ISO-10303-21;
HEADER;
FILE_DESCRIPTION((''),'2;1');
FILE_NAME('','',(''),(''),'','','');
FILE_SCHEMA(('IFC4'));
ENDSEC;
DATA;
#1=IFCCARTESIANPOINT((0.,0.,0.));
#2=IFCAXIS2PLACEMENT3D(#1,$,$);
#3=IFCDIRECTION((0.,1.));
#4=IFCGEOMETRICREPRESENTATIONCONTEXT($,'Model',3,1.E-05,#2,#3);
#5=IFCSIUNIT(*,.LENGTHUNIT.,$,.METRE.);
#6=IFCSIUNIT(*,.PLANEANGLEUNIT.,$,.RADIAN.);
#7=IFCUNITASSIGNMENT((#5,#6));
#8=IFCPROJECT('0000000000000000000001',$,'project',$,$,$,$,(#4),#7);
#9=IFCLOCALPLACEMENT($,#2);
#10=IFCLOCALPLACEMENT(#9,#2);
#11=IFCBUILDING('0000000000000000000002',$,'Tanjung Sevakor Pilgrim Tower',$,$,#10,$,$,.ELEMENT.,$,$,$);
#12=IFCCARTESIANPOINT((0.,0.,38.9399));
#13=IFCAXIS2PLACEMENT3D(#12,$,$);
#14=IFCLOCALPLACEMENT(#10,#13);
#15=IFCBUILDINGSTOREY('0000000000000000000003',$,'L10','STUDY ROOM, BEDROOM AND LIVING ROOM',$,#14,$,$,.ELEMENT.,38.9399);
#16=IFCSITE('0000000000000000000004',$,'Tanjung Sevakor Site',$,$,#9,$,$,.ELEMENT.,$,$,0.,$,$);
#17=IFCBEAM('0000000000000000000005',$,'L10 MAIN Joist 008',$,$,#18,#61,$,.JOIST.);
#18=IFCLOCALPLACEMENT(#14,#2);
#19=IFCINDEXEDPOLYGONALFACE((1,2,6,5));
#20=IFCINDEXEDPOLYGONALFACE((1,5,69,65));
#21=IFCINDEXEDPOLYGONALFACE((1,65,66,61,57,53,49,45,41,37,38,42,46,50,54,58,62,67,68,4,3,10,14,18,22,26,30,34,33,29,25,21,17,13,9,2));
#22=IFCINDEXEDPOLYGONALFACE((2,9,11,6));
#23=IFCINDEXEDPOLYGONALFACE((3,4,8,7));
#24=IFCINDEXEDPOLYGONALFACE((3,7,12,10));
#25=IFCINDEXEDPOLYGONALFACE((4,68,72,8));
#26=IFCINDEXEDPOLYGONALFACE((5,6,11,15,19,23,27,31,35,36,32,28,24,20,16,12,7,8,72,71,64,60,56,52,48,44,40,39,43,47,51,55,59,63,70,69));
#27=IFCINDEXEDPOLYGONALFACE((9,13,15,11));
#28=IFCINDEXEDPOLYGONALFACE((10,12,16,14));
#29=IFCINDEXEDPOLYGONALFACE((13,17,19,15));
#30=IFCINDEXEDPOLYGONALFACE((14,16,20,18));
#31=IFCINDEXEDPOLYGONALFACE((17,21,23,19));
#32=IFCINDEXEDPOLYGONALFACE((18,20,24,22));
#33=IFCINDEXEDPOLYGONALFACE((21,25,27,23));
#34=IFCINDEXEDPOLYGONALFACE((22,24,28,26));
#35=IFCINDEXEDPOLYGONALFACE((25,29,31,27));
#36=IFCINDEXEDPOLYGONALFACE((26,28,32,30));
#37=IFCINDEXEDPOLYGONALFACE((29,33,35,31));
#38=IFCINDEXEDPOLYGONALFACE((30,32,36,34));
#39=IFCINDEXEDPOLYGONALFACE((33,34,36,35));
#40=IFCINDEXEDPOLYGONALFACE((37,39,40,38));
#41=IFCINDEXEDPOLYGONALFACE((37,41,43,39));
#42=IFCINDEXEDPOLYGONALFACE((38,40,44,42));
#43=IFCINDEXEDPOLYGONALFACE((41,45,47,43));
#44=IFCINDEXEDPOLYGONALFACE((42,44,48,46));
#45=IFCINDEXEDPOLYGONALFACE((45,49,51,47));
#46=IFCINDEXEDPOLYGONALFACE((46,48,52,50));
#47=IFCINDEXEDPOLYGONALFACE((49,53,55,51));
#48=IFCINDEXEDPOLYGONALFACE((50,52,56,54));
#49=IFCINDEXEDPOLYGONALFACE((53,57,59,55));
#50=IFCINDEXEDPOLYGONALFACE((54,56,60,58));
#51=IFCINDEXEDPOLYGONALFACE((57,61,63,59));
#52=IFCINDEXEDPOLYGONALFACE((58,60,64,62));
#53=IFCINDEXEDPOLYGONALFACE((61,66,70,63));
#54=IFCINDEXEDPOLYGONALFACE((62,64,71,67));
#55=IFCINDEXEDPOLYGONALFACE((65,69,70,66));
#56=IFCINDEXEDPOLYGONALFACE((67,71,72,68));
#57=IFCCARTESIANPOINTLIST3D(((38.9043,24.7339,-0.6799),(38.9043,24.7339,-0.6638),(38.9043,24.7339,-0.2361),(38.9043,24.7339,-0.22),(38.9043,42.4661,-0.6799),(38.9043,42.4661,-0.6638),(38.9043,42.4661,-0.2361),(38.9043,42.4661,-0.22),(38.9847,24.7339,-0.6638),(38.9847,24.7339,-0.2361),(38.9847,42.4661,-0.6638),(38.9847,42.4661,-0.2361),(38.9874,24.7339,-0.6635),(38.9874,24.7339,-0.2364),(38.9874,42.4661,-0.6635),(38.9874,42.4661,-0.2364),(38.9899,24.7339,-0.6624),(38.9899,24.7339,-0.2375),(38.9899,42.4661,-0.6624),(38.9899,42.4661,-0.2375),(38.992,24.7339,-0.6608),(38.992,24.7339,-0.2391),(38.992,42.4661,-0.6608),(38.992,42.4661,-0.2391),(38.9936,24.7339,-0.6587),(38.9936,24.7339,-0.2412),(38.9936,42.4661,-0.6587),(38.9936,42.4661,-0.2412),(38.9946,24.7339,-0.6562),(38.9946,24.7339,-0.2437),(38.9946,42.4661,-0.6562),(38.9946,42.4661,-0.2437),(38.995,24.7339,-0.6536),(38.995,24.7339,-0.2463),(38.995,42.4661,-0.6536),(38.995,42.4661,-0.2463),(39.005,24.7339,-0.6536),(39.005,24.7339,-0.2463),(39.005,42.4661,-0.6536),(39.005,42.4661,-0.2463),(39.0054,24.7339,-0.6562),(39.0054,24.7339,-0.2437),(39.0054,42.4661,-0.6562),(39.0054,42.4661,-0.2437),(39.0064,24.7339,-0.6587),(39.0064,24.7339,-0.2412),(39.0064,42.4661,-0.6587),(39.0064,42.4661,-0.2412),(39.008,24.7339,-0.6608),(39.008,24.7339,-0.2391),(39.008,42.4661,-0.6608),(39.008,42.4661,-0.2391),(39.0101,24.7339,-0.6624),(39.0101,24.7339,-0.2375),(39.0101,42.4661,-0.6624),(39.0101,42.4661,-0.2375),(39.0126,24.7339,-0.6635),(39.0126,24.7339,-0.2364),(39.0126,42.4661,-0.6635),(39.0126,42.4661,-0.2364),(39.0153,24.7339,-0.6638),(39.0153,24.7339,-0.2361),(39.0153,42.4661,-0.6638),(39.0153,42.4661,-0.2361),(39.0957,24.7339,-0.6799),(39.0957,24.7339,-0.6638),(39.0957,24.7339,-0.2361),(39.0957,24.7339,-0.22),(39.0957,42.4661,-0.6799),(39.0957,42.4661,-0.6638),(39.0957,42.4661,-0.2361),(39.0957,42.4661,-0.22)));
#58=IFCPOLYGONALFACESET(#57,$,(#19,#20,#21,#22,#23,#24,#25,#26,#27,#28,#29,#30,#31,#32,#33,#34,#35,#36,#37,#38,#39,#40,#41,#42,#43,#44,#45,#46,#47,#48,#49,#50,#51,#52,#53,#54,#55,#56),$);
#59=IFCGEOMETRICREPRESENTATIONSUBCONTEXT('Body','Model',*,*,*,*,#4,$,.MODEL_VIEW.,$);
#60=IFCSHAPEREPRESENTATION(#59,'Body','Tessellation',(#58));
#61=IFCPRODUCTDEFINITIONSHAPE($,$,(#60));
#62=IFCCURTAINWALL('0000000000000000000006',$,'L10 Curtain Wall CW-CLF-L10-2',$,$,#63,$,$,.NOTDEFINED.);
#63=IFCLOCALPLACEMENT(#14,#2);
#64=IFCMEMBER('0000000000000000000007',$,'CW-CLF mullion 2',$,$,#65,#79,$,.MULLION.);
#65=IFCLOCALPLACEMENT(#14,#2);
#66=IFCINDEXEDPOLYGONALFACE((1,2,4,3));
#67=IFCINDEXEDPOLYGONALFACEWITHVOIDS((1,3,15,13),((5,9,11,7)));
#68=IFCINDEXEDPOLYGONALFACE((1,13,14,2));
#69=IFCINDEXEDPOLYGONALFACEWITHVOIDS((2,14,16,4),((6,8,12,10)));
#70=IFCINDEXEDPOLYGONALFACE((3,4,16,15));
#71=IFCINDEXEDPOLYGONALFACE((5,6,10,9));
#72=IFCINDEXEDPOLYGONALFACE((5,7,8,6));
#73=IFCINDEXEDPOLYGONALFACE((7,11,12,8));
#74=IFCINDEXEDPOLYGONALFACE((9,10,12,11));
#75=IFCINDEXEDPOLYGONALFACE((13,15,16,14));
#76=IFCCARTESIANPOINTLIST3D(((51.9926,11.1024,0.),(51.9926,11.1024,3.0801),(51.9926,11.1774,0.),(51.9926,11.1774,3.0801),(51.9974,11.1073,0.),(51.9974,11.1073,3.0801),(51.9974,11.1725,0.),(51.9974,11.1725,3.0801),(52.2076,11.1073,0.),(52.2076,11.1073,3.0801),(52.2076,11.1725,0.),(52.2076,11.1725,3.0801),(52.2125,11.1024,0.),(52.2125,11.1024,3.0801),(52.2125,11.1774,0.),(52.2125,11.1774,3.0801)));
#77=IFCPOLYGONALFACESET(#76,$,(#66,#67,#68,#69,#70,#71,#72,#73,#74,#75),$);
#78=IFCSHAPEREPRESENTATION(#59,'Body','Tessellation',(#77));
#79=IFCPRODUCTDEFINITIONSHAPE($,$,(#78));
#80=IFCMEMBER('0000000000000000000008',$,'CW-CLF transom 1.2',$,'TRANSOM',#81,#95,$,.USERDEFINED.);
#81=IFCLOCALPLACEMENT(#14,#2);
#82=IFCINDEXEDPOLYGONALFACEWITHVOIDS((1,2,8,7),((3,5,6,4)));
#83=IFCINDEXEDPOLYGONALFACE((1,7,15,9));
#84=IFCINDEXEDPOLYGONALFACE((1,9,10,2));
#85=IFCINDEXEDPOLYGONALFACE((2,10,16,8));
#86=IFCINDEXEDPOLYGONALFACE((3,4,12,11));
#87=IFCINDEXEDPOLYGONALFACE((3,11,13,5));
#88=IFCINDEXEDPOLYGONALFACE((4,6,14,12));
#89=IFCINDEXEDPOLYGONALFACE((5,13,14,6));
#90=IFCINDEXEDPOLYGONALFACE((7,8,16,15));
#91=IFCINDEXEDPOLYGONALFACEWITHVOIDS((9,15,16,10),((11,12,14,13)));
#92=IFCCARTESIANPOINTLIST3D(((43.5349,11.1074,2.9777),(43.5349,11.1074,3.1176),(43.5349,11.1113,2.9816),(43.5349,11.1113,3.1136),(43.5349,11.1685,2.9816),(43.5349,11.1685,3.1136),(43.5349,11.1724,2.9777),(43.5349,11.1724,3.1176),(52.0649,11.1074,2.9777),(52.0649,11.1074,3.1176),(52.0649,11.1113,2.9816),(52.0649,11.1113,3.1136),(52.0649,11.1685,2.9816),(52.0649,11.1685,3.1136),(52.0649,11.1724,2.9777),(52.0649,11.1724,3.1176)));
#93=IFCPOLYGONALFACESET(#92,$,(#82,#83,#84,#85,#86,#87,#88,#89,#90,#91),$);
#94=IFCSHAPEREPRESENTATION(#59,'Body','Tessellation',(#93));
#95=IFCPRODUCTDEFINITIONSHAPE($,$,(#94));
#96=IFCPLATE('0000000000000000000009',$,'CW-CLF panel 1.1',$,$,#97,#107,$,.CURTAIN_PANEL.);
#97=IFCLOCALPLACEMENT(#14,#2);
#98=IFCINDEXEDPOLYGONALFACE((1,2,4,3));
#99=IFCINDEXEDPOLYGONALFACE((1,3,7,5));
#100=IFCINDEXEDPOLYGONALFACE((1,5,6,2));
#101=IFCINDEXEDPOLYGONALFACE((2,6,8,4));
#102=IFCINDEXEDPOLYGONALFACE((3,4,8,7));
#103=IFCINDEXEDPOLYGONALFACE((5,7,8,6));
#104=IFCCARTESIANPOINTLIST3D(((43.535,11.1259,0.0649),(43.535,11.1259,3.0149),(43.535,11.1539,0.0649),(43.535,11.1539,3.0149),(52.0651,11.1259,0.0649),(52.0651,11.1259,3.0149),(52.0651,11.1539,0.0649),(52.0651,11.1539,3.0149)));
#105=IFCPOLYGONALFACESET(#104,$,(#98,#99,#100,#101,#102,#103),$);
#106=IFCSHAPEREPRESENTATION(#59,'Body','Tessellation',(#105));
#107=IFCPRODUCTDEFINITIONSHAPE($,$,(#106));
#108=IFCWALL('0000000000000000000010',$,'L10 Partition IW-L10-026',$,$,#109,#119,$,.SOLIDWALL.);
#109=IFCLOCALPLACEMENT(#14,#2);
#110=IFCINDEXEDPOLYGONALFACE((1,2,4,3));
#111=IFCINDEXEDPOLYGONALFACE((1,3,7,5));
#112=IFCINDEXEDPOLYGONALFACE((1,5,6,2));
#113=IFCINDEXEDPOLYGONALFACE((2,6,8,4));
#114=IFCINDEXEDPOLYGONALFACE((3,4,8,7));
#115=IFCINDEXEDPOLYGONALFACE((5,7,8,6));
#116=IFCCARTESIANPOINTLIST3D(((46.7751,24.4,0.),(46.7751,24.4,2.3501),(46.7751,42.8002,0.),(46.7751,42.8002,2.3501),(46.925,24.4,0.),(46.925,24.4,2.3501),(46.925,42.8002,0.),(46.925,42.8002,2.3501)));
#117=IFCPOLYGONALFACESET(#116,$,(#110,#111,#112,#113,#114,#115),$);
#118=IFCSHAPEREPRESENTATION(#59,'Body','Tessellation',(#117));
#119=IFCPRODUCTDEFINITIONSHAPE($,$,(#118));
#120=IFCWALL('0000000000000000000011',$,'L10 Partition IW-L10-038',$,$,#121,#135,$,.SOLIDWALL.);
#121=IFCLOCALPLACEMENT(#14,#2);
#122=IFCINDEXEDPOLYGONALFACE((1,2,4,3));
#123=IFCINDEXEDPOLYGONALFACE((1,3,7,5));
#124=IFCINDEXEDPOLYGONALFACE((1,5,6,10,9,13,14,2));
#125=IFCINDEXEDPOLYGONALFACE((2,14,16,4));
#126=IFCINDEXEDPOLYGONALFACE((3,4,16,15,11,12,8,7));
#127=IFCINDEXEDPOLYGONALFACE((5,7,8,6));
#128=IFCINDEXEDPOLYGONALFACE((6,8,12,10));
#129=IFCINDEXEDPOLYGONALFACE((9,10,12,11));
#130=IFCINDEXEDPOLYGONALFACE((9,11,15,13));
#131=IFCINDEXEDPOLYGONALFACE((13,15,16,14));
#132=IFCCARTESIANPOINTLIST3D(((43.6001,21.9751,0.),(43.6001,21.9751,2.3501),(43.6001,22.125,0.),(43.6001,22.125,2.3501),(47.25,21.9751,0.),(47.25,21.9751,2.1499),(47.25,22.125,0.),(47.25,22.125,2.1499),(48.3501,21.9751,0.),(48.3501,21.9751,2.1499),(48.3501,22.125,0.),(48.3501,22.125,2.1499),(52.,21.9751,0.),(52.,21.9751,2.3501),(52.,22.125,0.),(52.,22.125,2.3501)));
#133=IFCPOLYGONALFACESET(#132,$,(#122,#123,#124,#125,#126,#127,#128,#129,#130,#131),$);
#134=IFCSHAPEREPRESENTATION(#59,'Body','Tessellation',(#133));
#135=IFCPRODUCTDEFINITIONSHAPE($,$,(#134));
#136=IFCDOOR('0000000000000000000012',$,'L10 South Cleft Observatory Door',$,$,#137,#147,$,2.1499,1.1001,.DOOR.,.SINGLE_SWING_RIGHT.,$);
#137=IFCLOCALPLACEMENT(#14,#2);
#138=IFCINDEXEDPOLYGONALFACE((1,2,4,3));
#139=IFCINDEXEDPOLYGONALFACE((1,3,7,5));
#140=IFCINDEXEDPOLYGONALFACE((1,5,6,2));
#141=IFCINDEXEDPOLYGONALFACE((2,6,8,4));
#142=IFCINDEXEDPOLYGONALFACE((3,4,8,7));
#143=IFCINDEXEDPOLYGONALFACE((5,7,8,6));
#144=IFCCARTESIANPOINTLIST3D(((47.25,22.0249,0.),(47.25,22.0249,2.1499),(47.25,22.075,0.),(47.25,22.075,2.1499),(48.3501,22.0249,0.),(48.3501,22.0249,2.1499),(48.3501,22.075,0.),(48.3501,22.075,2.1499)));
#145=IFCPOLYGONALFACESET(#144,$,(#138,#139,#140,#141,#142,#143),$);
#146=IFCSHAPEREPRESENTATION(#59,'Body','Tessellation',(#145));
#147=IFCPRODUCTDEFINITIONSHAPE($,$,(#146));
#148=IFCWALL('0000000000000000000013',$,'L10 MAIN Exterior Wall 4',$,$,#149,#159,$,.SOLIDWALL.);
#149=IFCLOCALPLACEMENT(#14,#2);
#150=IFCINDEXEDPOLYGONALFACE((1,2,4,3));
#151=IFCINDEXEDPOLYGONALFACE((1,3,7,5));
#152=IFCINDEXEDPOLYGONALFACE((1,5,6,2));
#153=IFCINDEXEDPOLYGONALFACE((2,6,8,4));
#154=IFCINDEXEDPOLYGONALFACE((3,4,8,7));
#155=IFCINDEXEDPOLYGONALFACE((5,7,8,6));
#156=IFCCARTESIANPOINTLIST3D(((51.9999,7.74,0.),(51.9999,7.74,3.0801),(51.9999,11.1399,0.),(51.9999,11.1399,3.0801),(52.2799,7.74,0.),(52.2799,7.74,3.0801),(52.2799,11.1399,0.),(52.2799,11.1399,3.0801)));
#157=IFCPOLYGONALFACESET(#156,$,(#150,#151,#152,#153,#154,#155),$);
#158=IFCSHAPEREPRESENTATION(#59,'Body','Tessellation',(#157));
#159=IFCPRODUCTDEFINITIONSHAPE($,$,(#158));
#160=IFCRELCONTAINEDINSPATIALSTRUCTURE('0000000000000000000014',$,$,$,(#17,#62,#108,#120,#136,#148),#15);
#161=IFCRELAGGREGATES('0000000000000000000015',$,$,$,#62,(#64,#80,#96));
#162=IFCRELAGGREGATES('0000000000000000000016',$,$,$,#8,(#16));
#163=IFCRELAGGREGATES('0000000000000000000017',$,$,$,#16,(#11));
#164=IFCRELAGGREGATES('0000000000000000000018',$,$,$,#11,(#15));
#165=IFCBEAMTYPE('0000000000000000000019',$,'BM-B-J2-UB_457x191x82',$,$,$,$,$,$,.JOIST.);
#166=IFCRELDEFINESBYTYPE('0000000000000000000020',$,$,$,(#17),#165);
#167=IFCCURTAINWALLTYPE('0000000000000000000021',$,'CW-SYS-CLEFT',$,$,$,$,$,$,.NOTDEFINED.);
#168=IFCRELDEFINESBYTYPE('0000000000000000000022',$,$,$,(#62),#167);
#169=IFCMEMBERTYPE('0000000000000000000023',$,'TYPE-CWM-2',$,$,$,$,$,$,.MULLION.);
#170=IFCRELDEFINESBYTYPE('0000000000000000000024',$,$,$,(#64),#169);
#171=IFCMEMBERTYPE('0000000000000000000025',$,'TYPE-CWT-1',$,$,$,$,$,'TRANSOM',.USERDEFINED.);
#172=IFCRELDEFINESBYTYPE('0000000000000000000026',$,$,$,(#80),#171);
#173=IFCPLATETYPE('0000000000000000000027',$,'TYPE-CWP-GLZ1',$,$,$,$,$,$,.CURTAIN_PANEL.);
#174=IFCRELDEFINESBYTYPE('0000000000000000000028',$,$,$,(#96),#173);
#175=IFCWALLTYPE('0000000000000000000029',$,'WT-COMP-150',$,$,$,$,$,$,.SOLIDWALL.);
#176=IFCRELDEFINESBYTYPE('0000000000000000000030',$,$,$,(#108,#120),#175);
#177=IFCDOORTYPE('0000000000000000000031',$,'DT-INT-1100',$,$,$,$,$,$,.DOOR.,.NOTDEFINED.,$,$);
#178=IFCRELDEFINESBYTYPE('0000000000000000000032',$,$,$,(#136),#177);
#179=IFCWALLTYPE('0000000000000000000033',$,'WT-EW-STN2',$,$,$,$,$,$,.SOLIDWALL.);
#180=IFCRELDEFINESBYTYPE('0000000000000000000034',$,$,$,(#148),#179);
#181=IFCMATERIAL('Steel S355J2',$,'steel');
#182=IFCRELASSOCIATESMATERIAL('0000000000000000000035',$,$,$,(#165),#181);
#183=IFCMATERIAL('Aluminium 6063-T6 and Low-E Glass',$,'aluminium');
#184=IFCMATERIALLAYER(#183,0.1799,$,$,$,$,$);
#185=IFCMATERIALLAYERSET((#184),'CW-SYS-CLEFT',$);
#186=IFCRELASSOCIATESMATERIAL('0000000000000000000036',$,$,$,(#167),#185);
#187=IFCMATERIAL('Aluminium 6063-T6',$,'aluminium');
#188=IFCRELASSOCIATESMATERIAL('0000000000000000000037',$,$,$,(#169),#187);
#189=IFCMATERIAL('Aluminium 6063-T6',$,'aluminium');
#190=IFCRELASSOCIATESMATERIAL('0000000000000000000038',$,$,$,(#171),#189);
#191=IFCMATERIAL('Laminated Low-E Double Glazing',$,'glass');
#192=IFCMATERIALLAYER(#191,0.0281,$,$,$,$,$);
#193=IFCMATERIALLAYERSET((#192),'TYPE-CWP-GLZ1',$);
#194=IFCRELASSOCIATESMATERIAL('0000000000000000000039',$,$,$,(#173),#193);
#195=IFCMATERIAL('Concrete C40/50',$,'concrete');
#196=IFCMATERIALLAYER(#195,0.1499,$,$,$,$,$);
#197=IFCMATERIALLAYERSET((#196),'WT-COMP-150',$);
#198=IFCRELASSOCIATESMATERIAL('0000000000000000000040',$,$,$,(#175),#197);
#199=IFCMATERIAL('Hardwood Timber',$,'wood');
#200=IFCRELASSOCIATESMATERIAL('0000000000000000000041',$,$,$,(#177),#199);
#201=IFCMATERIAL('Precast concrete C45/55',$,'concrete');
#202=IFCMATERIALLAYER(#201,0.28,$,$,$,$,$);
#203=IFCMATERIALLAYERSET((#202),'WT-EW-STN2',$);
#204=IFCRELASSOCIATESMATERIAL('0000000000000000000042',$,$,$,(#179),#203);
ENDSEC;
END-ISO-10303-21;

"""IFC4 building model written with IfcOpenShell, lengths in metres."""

from ifc_helpers import new_model, si_unit, direction, frame, frame_2d, origin, origin_2d, place, context, subcontext, project, spatial, rectangle, hollow_rectangle, i_section, extrude, material, layer, layer_set, material_profile, profile_set, type_object, element, fill, aggregate, save


model = new_model("IFC4")

# Units and contexts
model_context = context("Model", 3, precision=1e-05, world=origin(), true_north=direction((0.0, 1.0)))
body_context = subcontext(model_context, "Body", "Model", "MODEL_VIEW")
ifc_project = project(units=[si_unit("LENGTHUNIT", "METRE"), si_unit("PLANEANGLEUNIT", "RADIAN")], contexts=[model_context])

# Site, building, storey
site_placement = place(None, origin())
site = spatial("IfcSite", under=ifc_project, at=site_placement, Name="Tanjung Sevakor Site", CompositionType="ELEMENT", RefElevation=0.0)
building_placement = place(site_placement, origin())
building = spatial("IfcBuilding", under=site, at=building_placement, Name="Tanjung Sevakor Pilgrim Tower", CompositionType="ELEMENT")
storey_placement = place(building_placement, frame((0.0, 0.0, 38.9399)))
storey = spatial("IfcBuildingStorey", under=building, at=storey_placement, Name="L10", Description="STUDY ROOM, BEDROOM AND LIVING ROOM", CompositionType="ELEMENT", Elevation=38.9399)

# Beam
ifc_material_1 = material(Name="Steel S355J2", Category="steel")
ifc_material_profile_1 = material_profile(ifc_material_1, i_section(OverallWidth=0.1914, OverallDepth=0.46, WebThickness=0.01, FlangeThickness=0.0161, FilletRadius=0.0103, at=origin_2d()))
ifc_profile_set_1 = profile_set([ifc_material_profile_1], Name="Steel S355J2")
beam_type_1 = type_object("IfcBeamType", Name="BM-B-J2-UB_457x191x82", PredefinedType="JOIST", material=ifc_profile_set_1)
beam_1_placement = place(storey_placement, frame((39.0, 24.7339, -0.45), z_axis=(0.0, 1.0, 0.0), x_axis=(-1.0, 0.0, 0.0)))
element("IfcBeam", 1, at=beam_1_placement, inside=storey, type_object=beam_type_1, Name="L10 MAIN Joist 008", PredefinedType="JOIST", context=body_context, shape_type="SweptSolid", body=[
    extrude(i_section(OverallWidth=0.1914, OverallDepth=0.46, WebThickness=0.01, FlangeThickness=0.0161, FilletRadius=0.0103, at=origin_2d()), origin(), (0.0, 0.0, 1.0), 17.7322),
])

# Curtain wall, members, plate
ifc_material_2 = material(Name="Aluminium 6063-T6 and Low-E Glass", Category="aluminium")
ifc_layer_1 = layer(ifc_material_2, 0.1799)
ifc_layer_set_1 = layer_set([ifc_layer_1], Name="CW-SYS-CLEFT")
curtain_wall_type = type_object("IfcCurtainWallType", Name="CW-SYS-CLEFT", PredefinedType="NOTDEFINED", material=ifc_layer_set_1)
curtain_wall_placement = place(storey_placement, origin())
curtain_wall = element("IfcCurtainWall", 2, at=curtain_wall_placement, inside=storey, type_object=curtain_wall_type, Name="L10 Curtain Wall CW-CLF-L10-2", PredefinedType="NOTDEFINED")
ifc_material_3 = material(Name="Aluminium 6063-T6", Category="aluminium")
ifc_material_profile_2 = material_profile(ifc_material_3, hollow_rectangle(XDim=0.075, YDim=0.22, WallThickness=0.0049, at=origin_2d()))
ifc_profile_set_2 = profile_set([ifc_material_profile_2], Name="Aluminium 6063-T6")
member_type_1 = type_object("IfcMemberType", Name="TYPE-CWM-2", PredefinedType="MULLION", material=ifc_profile_set_2)
member_1_placement = place(storey_placement, frame((52.1025, 11.1399, 0.0), z_axis=(0.0, 0.0, 1.0), x_axis=(0.0, 1.0, 0.0)))
member_1 = element("IfcMember", 3, at=member_1_placement, type_object=member_type_1, Name="CW-CLF mullion 2", PredefinedType="MULLION", context=body_context, shape_type="SweptSolid", body=[
    extrude(hollow_rectangle(XDim=0.075, YDim=0.22, WallThickness=0.0049, at=origin_2d()), origin(), (0.0, 0.0, 1.0), 3.0801),
])
ifc_material_4 = material(Name="Aluminium 6063-T6", Category="aluminium")
ifc_material_profile_3 = material_profile(ifc_material_4, hollow_rectangle(XDim=0.0649, YDim=0.1399, WallThickness=0.0039, at=origin_2d()))
ifc_profile_set_3 = profile_set([ifc_material_profile_3], Name="Aluminium 6063-T6")
member_type_2 = type_object("IfcMemberType", Name="TYPE-CWT-1", ElementType="TRANSOM", PredefinedType="USERDEFINED", material=ifc_profile_set_3)
member_2_placement = place(storey_placement, frame((43.5349, 11.1399, 3.0476), z_axis=(1.0, 0.0, 0.0), x_axis=(0.0, 1.0, 0.0)))
member_2 = element("IfcMember", 4, at=member_2_placement, type_object=member_type_2, Name="CW-CLF transom 1.2", ObjectType="TRANSOM", PredefinedType="USERDEFINED", context=body_context, shape_type="SweptSolid", body=[
    extrude(hollow_rectangle(XDim=0.0649, YDim=0.1399, WallThickness=0.0039, at=origin_2d()), origin(), (0.0, 0.0, 1.0), 8.53),
])
ifc_material_5 = material(Name="Laminated Low-E Double Glazing", Category="glass")
ifc_layer_2 = layer(ifc_material_5, 0.0281)
ifc_layer_set_2 = layer_set([ifc_layer_2], Name="TYPE-CWP-GLZ1")
plate_type = type_object("IfcPlateType", Name="TYPE-CWP-GLZ1", PredefinedType="CURTAIN_PANEL", material=ifc_layer_set_2)
plate_placement = place(storey_placement, frame((47.8, 11.1399, 0.0649), z_axis=(0.0, 0.0, 1.0), x_axis=(1.0, 0.0, 0.0)))
plate = element("IfcPlate", 5, at=plate_placement, type_object=plate_type, Name="CW-CLF panel 1.1", PredefinedType="CURTAIN_PANEL", context=body_context, shape_type="SweptSolid", body=[
    extrude(rectangle(XDim=8.53, YDim=0.0281, at=origin_2d()), origin(), (0.0, 0.0, 1.0), 2.95),
])
aggregate(curtain_wall, [member_1, member_2, plate])

# Wall
ifc_material_6 = material(Name="Concrete C40/50", Category="concrete")
ifc_layer_3 = layer(ifc_material_6, 0.1499)
ifc_layer_set_3 = layer_set([ifc_layer_3], Name="WT-COMP-150")
wall_type_1 = type_object("IfcWallType", Name="WT-COMP-150", PredefinedType="SOLIDWALL", material=ifc_layer_set_3)
wall_1_placement = place(storey_placement, frame((46.8501, 24.3999, 0.0), z_axis=(0.0, 0.0, 1.0), x_axis=(0.0, 1.0, 0.0)))
element("IfcWall", 6, at=wall_1_placement, inside=storey, type_object=wall_type_1, Name="L10 Partition IW-L10-026", PredefinedType="SOLIDWALL", context=body_context, shape_type="SweptSolid", body=[
    extrude(rectangle(XDim=18.4001, YDim=0.1499, at=frame_2d((9.2002, 0.0))), origin(), (0.0, 0.0, 1.0), 2.3501),
])

# Wall, opening, door
wall_2_placement = place(storey_placement, frame((43.6001, 22.05, 0.0), z_axis=(0.0, 0.0, 1.0), x_axis=(1.0, 0.0, 0.0)))
wall_2 = element("IfcWall", 7, at=wall_2_placement, inside=storey, type_object=wall_type_1, Name="L10 Partition IW-L10-038", PredefinedType="SOLIDWALL", context=body_context, shape_type="SweptSolid", body=[
    extrude(rectangle(XDim=8.3999, YDim=0.1499, at=frame_2d((4.2, 0.0))), origin(), (0.0, 0.0, 1.0), 2.3501),
])
opening_1_placement = place(wall_2_placement, frame((3.6499, 0.0, 0.0)))
opening_1 = element("IfcOpeningElement", 8, at=opening_1_placement, cuts=wall_2, PredefinedType="OPENING", context=body_context, shape_type="SweptSolid", body=[
    extrude(rectangle(XDim=1.1001, YDim=2.1499, at=frame_2d((0.55, 1.075))), frame((0.0, 0.085, 0.0), z_axis=(0.0, -1.0, 0.0), x_axis=(1.0, 0.0, 0.0)), (0.0, 0.0, 1.0), 0.1699),
])
ifc_material_7 = material(Name="Hardwood Timber", Category="wood")
door_type_1 = type_object("IfcDoorType", Name="DT-INT-1100", OperationType="NOTDEFINED", PredefinedType="DOOR", material=ifc_material_7)
door_1_placement = place(opening_1_placement, origin())
door_1 = element("IfcDoor", 9, at=door_1_placement, inside=storey, type_object=door_type_1, Name="L10 South Cleft Observatory Door", OperationType="SINGLE_SWING_RIGHT", OverallHeight=2.1499, OverallWidth=1.1001, PredefinedType="DOOR", context=body_context, shape_type="SweptSolid", body=[
    extrude(rectangle(XDim=1.1001, YDim=2.1499, at=frame_2d((0.55, 1.075))), frame((0.0, 0.0249, 0.0), z_axis=(0.0, -1.0, 0.0), x_axis=(1.0, 0.0, 0.0)), (0.0, 0.0, 1.0), 0.05),
])
fill(opening_1, door_1)

# Wall
ifc_material_8 = material(Name="Precast concrete C45/55", Category="concrete")
ifc_layer_4 = layer(ifc_material_8, 0.28)
ifc_layer_set_4 = layer_set([ifc_layer_4], Name="WT-EW-STN2")
wall_type_2 = type_object("IfcWallType", Name="WT-EW-STN2", PredefinedType="SOLIDWALL", material=ifc_layer_set_4)
wall_3_placement = place(storey_placement, frame((52.1399, 11.1399, 0.0), z_axis=(0.0, 0.0, 1.0), x_axis=(0.0, -1.0, 0.0)))
element("IfcWall", 10, at=wall_3_placement, inside=storey, type_object=wall_type_2, Name="L10 MAIN Exterior Wall 4", PredefinedType="SOLIDWALL", context=body_context, shape_type="SweptSolid", body=[
    extrude(rectangle(XDim=3.3999, YDim=0.28, at=frame_2d((1.7, 0.0))), origin(), (0.0, 0.0, 1.0), 3.0801),
])

save(model, "model.ifc")
